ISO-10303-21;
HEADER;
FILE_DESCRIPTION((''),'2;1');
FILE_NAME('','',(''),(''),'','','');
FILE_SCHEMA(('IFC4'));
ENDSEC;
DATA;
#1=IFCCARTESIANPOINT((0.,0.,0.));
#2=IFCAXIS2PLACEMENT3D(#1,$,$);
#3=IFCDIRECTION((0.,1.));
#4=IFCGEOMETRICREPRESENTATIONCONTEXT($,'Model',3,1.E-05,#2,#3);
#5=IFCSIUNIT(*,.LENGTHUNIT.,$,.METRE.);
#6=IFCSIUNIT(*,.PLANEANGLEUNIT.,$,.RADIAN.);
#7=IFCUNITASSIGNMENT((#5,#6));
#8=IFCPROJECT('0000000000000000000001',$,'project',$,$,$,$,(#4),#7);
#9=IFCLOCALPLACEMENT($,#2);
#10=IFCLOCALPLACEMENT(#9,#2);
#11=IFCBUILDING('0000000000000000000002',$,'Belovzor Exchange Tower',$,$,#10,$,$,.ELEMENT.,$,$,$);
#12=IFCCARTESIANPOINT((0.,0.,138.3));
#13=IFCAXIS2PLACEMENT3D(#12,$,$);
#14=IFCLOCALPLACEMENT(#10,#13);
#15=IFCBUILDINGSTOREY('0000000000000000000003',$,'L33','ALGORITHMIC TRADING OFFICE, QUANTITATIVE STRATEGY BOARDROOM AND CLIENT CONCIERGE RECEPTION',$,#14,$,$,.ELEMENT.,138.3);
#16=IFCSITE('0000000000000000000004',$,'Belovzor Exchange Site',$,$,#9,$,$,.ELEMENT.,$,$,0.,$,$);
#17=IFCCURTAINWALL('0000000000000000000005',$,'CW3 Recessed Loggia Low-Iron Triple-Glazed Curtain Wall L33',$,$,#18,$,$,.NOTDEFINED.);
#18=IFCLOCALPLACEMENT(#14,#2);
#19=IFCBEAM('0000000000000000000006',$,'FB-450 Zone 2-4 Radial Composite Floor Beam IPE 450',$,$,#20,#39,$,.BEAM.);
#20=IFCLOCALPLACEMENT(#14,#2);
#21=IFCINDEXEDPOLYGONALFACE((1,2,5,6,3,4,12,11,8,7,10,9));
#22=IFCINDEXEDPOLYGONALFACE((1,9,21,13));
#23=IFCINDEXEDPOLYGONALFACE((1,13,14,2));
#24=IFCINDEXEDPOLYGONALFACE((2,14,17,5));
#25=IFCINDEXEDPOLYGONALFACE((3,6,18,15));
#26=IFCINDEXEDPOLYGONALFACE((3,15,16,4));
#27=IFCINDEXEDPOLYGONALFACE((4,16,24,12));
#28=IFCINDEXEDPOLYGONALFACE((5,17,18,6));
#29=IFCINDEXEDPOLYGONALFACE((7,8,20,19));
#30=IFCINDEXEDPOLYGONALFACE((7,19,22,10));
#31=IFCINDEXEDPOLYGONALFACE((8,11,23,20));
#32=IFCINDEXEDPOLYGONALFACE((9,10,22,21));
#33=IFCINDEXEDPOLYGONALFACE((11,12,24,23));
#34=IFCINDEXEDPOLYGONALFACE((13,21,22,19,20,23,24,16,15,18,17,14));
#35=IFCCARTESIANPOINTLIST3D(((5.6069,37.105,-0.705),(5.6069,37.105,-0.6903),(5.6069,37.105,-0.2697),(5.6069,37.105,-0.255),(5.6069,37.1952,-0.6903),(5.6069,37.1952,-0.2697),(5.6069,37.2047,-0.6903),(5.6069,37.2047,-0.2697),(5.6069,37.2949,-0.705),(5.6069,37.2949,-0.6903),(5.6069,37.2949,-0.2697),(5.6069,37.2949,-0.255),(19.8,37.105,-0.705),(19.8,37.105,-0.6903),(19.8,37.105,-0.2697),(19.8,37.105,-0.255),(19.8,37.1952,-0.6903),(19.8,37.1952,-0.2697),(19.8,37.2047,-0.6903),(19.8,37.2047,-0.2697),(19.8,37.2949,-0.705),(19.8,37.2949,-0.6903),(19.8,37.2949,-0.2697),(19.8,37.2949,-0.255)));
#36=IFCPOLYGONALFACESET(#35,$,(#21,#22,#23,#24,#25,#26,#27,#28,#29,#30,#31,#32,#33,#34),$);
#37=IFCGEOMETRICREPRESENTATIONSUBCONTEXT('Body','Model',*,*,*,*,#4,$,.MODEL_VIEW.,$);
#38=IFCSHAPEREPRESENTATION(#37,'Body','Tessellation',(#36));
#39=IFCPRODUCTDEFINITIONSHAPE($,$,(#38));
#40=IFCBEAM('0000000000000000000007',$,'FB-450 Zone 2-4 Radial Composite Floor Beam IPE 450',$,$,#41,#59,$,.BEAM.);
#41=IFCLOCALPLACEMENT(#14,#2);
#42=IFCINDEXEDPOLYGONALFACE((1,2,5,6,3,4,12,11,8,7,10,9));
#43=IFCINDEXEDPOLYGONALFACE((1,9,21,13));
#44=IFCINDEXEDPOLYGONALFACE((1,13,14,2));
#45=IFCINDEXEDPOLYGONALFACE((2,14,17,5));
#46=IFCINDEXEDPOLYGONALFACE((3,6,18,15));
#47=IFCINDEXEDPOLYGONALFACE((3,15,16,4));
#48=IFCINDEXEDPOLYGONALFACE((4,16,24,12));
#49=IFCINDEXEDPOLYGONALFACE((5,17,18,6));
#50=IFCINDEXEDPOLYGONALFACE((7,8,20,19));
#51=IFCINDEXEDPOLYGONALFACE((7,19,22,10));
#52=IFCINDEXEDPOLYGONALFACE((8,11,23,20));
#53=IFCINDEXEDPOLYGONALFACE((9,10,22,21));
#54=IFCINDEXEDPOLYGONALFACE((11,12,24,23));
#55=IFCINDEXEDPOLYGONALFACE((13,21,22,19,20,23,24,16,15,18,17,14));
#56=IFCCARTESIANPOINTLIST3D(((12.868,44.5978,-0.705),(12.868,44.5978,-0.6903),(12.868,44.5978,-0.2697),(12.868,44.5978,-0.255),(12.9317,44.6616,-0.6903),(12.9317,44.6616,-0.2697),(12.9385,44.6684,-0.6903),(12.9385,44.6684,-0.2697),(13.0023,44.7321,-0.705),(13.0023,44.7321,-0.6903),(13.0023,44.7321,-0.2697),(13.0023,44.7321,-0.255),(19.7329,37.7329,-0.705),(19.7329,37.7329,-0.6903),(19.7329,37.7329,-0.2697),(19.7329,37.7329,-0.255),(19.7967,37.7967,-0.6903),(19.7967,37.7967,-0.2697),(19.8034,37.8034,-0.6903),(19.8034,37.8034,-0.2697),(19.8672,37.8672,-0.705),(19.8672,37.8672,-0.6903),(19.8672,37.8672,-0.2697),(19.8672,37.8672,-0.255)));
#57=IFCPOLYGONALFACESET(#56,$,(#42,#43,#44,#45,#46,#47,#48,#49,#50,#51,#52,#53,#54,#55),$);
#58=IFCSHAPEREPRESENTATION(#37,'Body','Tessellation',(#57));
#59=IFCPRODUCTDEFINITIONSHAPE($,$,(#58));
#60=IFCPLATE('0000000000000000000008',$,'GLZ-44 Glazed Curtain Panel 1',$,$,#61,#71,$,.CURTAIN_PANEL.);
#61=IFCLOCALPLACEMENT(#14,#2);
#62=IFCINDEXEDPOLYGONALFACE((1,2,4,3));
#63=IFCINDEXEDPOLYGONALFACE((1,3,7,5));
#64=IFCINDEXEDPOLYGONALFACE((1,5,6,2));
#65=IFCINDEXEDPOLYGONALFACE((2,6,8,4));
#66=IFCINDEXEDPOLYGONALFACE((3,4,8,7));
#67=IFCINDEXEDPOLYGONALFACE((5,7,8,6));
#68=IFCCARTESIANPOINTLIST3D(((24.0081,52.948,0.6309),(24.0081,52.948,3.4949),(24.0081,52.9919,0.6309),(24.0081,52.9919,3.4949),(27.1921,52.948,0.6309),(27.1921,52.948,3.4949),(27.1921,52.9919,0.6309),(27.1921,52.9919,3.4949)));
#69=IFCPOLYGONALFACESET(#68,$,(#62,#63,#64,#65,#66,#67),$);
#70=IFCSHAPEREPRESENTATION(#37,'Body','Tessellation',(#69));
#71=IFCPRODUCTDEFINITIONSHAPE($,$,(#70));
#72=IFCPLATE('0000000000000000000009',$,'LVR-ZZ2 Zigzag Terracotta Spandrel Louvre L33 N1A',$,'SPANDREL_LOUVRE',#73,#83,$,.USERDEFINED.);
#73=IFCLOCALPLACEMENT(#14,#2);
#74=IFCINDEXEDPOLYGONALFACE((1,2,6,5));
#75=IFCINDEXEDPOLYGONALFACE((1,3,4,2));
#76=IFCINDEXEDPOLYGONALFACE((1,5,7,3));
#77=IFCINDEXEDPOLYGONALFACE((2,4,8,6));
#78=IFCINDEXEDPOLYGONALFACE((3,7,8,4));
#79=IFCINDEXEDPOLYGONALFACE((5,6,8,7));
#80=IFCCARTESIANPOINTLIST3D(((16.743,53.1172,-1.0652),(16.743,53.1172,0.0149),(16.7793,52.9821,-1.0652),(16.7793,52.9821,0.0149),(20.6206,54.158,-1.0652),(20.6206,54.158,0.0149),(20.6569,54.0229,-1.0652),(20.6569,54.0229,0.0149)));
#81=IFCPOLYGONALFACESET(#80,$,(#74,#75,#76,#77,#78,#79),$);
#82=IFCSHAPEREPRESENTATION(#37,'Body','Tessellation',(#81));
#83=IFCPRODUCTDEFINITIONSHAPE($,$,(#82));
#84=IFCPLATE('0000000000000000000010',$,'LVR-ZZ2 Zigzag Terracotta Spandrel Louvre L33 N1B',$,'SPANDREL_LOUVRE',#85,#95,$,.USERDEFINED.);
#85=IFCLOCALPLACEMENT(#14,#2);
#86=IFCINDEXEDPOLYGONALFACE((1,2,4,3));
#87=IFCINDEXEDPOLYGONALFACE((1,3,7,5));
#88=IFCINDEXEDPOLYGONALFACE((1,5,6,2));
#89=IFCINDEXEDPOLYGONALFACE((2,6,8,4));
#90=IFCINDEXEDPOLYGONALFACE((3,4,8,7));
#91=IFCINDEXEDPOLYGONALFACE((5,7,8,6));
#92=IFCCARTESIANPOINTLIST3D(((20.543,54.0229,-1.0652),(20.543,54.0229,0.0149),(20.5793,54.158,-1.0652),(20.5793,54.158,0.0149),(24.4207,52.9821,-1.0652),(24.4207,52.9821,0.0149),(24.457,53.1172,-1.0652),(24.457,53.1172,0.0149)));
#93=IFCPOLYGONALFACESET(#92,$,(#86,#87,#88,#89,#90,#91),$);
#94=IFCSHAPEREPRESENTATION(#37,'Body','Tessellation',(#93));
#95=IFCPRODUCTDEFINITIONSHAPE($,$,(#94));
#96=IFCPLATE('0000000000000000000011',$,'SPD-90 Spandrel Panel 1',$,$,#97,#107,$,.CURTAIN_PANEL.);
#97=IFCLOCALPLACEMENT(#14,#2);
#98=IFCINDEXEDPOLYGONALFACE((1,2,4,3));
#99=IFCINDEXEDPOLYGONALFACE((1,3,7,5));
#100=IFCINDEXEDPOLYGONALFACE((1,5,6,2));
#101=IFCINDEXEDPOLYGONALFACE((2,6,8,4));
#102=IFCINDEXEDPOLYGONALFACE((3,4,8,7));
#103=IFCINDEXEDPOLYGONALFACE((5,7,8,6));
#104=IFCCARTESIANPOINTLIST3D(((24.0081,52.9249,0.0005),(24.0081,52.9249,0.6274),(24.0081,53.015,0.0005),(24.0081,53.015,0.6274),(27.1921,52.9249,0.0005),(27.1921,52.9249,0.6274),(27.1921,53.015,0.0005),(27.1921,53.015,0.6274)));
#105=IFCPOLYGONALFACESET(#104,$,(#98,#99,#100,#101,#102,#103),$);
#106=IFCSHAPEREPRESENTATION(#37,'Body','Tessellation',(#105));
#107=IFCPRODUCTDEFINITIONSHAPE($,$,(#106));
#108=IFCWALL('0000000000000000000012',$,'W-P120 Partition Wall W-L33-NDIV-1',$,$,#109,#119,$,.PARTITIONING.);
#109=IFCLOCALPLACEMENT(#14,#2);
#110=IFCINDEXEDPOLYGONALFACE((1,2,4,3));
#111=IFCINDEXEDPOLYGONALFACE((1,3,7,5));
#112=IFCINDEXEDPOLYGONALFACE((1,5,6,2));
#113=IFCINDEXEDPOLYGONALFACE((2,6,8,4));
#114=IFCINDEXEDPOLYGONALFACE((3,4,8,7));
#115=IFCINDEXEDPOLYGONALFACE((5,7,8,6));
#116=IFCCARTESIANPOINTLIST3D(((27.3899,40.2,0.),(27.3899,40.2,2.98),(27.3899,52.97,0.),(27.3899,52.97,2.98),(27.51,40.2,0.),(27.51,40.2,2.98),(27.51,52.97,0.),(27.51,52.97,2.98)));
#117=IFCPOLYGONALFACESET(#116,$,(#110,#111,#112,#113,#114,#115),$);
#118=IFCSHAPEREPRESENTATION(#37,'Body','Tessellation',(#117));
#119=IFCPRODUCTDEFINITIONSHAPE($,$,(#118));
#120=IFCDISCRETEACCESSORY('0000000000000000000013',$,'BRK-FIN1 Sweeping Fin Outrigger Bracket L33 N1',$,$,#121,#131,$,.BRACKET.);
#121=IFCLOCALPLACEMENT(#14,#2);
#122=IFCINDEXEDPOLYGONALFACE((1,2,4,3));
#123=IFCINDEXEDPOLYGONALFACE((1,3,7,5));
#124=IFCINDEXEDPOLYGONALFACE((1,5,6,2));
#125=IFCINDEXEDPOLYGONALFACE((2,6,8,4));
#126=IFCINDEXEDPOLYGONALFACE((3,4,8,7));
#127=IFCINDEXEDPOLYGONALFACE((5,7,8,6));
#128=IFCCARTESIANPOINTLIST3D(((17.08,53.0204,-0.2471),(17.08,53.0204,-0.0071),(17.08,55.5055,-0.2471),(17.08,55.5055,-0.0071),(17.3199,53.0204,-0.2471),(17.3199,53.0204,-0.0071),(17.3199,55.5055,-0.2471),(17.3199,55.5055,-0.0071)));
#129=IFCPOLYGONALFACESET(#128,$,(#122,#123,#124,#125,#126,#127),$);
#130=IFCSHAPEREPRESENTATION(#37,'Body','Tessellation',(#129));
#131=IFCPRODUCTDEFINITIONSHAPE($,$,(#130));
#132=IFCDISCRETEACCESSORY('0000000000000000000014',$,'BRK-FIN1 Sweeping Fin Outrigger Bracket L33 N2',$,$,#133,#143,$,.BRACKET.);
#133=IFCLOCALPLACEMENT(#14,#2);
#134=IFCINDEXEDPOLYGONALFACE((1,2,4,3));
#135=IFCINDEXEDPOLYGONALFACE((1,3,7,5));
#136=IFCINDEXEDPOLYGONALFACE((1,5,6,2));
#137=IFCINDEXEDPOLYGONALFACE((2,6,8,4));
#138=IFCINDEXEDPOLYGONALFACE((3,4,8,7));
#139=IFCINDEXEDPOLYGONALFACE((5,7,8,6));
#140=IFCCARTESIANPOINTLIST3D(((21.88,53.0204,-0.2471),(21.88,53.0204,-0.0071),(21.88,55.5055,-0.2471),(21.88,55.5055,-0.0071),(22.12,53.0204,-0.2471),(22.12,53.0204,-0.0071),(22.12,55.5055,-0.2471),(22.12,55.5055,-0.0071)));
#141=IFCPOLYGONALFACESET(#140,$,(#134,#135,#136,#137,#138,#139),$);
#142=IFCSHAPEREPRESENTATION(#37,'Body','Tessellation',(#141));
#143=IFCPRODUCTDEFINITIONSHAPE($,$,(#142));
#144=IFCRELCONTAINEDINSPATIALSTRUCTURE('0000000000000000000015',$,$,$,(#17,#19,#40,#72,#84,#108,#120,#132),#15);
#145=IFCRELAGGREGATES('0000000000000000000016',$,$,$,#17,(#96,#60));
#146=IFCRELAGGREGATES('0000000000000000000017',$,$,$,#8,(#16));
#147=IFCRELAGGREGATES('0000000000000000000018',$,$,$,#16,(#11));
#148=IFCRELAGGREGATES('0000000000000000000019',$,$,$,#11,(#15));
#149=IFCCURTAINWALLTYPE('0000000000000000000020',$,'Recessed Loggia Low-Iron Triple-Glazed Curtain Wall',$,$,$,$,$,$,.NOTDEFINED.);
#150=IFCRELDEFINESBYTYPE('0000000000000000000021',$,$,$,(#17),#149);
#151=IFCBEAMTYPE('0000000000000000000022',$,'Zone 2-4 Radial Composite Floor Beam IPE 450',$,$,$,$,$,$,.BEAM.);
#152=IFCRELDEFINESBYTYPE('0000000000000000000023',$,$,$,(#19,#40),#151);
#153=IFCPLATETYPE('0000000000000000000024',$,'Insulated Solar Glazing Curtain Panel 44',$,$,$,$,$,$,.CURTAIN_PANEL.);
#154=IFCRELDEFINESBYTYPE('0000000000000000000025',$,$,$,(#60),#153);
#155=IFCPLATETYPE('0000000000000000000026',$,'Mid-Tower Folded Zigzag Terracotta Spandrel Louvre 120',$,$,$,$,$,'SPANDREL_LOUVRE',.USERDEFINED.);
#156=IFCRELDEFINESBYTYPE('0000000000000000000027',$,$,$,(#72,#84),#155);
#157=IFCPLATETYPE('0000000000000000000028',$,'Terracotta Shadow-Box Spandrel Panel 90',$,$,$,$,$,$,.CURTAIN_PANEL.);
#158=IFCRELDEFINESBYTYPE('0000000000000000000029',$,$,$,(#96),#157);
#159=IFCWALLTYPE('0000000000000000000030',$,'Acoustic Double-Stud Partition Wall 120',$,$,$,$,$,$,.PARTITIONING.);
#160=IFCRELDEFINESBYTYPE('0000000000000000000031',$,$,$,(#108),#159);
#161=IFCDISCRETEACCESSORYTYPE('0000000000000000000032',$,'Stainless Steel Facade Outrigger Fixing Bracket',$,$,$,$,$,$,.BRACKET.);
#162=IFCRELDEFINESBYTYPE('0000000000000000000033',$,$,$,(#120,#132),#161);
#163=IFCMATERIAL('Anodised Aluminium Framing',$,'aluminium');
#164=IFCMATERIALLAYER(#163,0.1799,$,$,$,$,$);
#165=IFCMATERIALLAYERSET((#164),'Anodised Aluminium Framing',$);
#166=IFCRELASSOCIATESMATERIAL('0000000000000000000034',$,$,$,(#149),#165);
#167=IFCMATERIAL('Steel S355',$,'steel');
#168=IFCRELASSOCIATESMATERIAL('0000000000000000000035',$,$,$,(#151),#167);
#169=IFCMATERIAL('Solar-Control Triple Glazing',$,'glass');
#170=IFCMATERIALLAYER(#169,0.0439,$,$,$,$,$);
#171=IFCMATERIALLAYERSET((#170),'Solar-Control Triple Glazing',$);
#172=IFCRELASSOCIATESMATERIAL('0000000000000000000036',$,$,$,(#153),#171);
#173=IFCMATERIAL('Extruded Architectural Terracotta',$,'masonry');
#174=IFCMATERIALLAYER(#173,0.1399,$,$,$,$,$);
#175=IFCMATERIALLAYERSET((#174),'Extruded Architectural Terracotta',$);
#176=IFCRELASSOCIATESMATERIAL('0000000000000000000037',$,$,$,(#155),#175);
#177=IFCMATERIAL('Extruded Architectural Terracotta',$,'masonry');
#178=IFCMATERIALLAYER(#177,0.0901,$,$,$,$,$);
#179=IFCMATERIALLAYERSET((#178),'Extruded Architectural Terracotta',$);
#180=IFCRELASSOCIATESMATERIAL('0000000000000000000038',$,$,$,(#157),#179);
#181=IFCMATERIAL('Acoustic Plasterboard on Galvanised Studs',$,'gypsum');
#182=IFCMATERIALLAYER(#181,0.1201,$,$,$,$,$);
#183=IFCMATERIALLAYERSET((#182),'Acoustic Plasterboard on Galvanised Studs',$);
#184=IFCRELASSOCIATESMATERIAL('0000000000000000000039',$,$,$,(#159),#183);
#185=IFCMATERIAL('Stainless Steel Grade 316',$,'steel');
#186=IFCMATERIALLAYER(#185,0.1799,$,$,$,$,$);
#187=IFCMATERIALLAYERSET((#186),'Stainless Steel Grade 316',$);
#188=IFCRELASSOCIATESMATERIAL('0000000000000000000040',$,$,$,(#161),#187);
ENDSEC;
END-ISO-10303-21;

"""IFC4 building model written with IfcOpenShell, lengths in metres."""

from ifc_helpers import new_model, si_unit, direction, frame, frame_2d, origin, origin_2d, place, context, subcontext, project, spatial, rectangle, i_section, extrude, material, layer, layer_set, material_profile, profile_set, type_object, element, aggregate, save


model = new_model("IFC4")

# Units and contexts
model_context = context("Model", 3, precision=1e-05, world=origin(), true_north=direction((0.0, 1.0)))
body_context = subcontext(model_context, "Body", "Model", "MODEL_VIEW")
ifc_project = project(units=[si_unit("LENGTHUNIT", "METRE"), si_unit("PLANEANGLEUNIT", "RADIAN")], contexts=[model_context])

# Site, building, storey
site_placement = place(None, origin())
site = spatial("IfcSite", under=ifc_project, at=site_placement, Name="Belovzor Exchange Site", CompositionType="ELEMENT", RefElevation=0.0)
building_placement = place(site_placement, origin())
building = spatial("IfcBuilding", under=site, at=building_placement, Name="Belovzor Exchange Tower", CompositionType="ELEMENT")
storey_placement = place(building_placement, frame((0.0, 0.0, 138.3)))
storey = spatial("IfcBuildingStorey", under=building, at=storey_placement, Name="L33", Description="ALGORITHMIC TRADING OFFICE, QUANTITATIVE STRATEGY BOARDROOM AND CLIENT CONCIERGE RECEPTION", CompositionType="ELEMENT", Elevation=138.3)

# Curtain wall
ifc_material_1 = material(Name="Anodised Aluminium Framing", Category="aluminium")
ifc_layer_1 = layer(ifc_material_1, 0.1799)
ifc_layer_set_1 = layer_set([ifc_layer_1], Name="Anodised Aluminium Framing")
curtain_wall_type = type_object("IfcCurtainWallType", Name="Recessed Loggia Low-Iron Triple-Glazed Curtain Wall", PredefinedType="NOTDEFINED", material=ifc_layer_set_1)
curtain_wall_placement = place(storey_placement, origin())
curtain_wall = element("IfcCurtainWall", 1, at=curtain_wall_placement, inside=storey, type_object=curtain_wall_type, Name="CW3 Recessed Loggia Low-Iron Triple-Glazed Curtain Wall L33", PredefinedType="NOTDEFINED")

# Beams
ifc_material_2 = material(Name="Steel S355", Category="steel")
ifc_material_profile_1 = material_profile(ifc_material_2, i_section(OverallWidth=0.1899, OverallDepth=0.45, WebThickness=0.0095, FlangeThickness=0.0146, at=origin_2d()))
ifc_profile_set_1 = profile_set([ifc_material_profile_1], Name="Steel S355")
beam_type_1 = type_object("IfcBeamType", Name="Zone 2-4 Radial Composite Floor Beam IPE 450", PredefinedType="BEAM", material=ifc_profile_set_1)
beam_1_placement = place(storey_placement, frame((19.8, 37.2, -0.48), z_axis=(-1.0, 0.0, 0.0), x_axis=(0.0, -1.0, 0.0)))
element("IfcBeam", 2, at=beam_1_placement, inside=storey, type_object=beam_type_1, Name="FB-450 Zone 2-4 Radial Composite Floor Beam IPE 450", PredefinedType="BEAM", context=body_context, shape_type="SweptSolid", body=[
    extrude(i_section(OverallWidth=0.1899, OverallDepth=0.45, WebThickness=0.0095, FlangeThickness=0.0146, at=origin_2d()), origin(), (0.0, 0.0, 1.0), 14.1931),
])
beam_2_placement = place(storey_placement, frame((19.8, 37.8, -0.48), z_axis=(-0.707107, 0.707107, 0.0), x_axis=(-0.707107, -0.707107, 0.0)))
element("IfcBeam", 3, at=beam_2_placement, inside=storey, type_object=beam_type_1, Name="FB-450 Zone 2-4 Radial Composite Floor Beam IPE 450", PredefinedType="BEAM", context=body_context, shape_type="SweptSolid", body=[
    extrude(i_section(OverallWidth=0.1899, OverallDepth=0.45, WebThickness=0.0095, FlangeThickness=0.0146, at=origin_2d()), origin(), (0.0, 0.0, 1.0), 9.7085),
])

# Plate
ifc_material_3 = material(Name="Solar-Control Triple Glazing", Category="glass")
ifc_layer_2 = layer(ifc_material_3, 0.0439)
ifc_layer_set_2 = layer_set([ifc_layer_2], Name="Solar-Control Triple Glazing")
plate_type_1 = type_object("IfcPlateType", Name="Insulated Solar Glazing Curtain Panel 44", PredefinedType="CURTAIN_PANEL", material=ifc_layer_set_2)
plate_1_placement = place(storey_placement, frame((25.6001, 52.97, 0.6309), z_axis=(0.0, 0.0, 1.0), x_axis=(1.0, 0.0, 0.0)))
plate_1 = element("IfcPlate", 4, at=plate_1_placement, type_object=plate_type_1, Name="GLZ-44 Glazed Curtain Panel 1", PredefinedType="CURTAIN_PANEL", context=body_context, shape_type="SweptSolid", body=[
    extrude(rectangle(XDim=3.1841, YDim=0.0439, at=origin_2d()), origin(), (0.0, 0.0, 1.0), 2.864),
])

# Plates
ifc_material_4 = material(Name="Extruded Architectural Terracotta", Category="masonry")
ifc_layer_3 = layer(ifc_material_4, 0.1399)
ifc_layer_set_3 = layer_set([ifc_layer_3], Name="Extruded Architectural Terracotta")
plate_type_2 = type_object("IfcPlateType", Name="Mid-Tower Folded Zigzag Terracotta Spandrel Louvre 120", ElementType="SPANDREL_LOUVRE", PredefinedType="USERDEFINED", material=ifc_layer_set_3)
for number, where, z_axis, x_axis, name in (
    (5, (18.7, 53.5701, -1.0652), (0.0, 0.0, 1.0), (0.965813, 0.25924, 0.0), "LVR-ZZ2 Zigzag Terracotta Spandrel Louvre L33 N1A"),
    (6, (22.5, 53.5701, -1.0652), (0.0, 0.0, 1.0), (0.965813, -0.25924, 0.0), "LVR-ZZ2 Zigzag Terracotta Spandrel Louvre L33 N1B"),
):
    element("IfcPlate", number, at=place(storey_placement, frame(where, z_axis=z_axis, x_axis=x_axis)), inside=storey, type_object=plate_type_2, Name=name, ObjectType="SPANDREL_LOUVRE", PredefinedType="USERDEFINED", context=body_context, shape_type="SweptSolid", body=[
        extrude(rectangle(XDim=4.0149, YDim=0.1399, at=origin_2d()), origin(), (0.0, 0.0, 1.0), 1.0801),
    ])

# Plate
ifc_material_5 = material(Name="Extruded Architectural Terracotta", Category="masonry")
ifc_layer_4 = layer(ifc_material_5, 0.0901)
ifc_layer_set_4 = layer_set([ifc_layer_4], Name="Extruded Architectural Terracotta")
plate_type_3 = type_object("IfcPlateType", Name="Terracotta Shadow-Box Spandrel Panel 90", PredefinedType="CURTAIN_PANEL", material=ifc_layer_set_4)
plate_2_placement = place(storey_placement, frame((25.6001, 52.97, 0.0005), z_axis=(0.0, 0.0, 1.0), x_axis=(1.0, 0.0, 0.0)))
plate_2 = element("IfcPlate", 7, at=plate_2_placement, type_object=plate_type_3, Name="SPD-90 Spandrel Panel 1", PredefinedType="CURTAIN_PANEL", context=body_context, shape_type="SweptSolid", body=[
    extrude(rectangle(XDim=3.1841, YDim=0.0901, at=origin_2d()), origin(), (0.0, 0.0, 1.0), 0.627),
])
aggregate(curtain_wall, [plate_2, plate_1])

# Wall
ifc_material_6 = material(Name="Acoustic Plasterboard on Galvanised Studs", Category="gypsum")
ifc_layer_5 = layer(ifc_material_6, 0.1201)
ifc_layer_set_5 = layer_set([ifc_layer_5], Name="Acoustic Plasterboard on Galvanised Studs")
wall_type_1 = type_object("IfcWallType", Name="Acoustic Double-Stud Partition Wall 120", PredefinedType="PARTITIONING", material=ifc_layer_set_5)
wall_1_placement = place(storey_placement, frame((27.45, 40.2, 0.0), z_axis=(0.0, 0.0, 1.0), x_axis=(0.0, 1.0, 0.0)))
element("IfcWall", 8, at=wall_1_placement, inside=storey, type_object=wall_type_1, Name="W-P120 Partition Wall W-L33-NDIV-1", PredefinedType="PARTITIONING", context=body_context, shape_type="SweptSolid", body=[
    extrude(rectangle(XDim=12.77, YDim=0.1201, at=frame_2d((6.385, 0.0))), origin(), (0.0, 0.0, 1.0), 2.98),
])

# Discrete accessories
ifc_material_7 = material(Name="Stainless Steel Grade 316", Category="steel")
ifc_layer_6 = layer(ifc_material_7, 0.1799)
ifc_layer_set_6 = layer_set([ifc_layer_6], Name="Stainless Steel Grade 316")
discrete_accessory_type = type_object("IfcDiscreteAccessoryType", Name="Stainless Steel Facade Outrigger Fixing Bracket", PredefinedType="BRACKET", material=ifc_layer_set_6)
for number, where, z_axis, x_axis, name in (
    (9, (17.2, 54.2629, -0.2471), (0.0, 0.0, 1.0), (0.0, 1.0, 0.0), "BRK-FIN1 Sweeping Fin Outrigger Bracket L33 N1"),
    (10, (22.0, 54.2629, -0.2471), (0.0, 0.0, 1.0), (0.0, 1.0, 0.0), "BRK-FIN1 Sweeping Fin Outrigger Bracket L33 N2"),
):
    element("IfcDiscreteAccessory", number, at=place(storey_placement, frame(where, z_axis=z_axis, x_axis=x_axis)), inside=storey, type_object=discrete_accessory_type, Name=name, PredefinedType="BRACKET", context=body_context, shape_type="SweptSolid", body=[
        extrude(rectangle(XDim=2.4851, YDim=0.24, at=origin_2d()), origin(), (0.0, 0.0, 1.0), 0.24),
    ])

save(model, "model.ifc")
